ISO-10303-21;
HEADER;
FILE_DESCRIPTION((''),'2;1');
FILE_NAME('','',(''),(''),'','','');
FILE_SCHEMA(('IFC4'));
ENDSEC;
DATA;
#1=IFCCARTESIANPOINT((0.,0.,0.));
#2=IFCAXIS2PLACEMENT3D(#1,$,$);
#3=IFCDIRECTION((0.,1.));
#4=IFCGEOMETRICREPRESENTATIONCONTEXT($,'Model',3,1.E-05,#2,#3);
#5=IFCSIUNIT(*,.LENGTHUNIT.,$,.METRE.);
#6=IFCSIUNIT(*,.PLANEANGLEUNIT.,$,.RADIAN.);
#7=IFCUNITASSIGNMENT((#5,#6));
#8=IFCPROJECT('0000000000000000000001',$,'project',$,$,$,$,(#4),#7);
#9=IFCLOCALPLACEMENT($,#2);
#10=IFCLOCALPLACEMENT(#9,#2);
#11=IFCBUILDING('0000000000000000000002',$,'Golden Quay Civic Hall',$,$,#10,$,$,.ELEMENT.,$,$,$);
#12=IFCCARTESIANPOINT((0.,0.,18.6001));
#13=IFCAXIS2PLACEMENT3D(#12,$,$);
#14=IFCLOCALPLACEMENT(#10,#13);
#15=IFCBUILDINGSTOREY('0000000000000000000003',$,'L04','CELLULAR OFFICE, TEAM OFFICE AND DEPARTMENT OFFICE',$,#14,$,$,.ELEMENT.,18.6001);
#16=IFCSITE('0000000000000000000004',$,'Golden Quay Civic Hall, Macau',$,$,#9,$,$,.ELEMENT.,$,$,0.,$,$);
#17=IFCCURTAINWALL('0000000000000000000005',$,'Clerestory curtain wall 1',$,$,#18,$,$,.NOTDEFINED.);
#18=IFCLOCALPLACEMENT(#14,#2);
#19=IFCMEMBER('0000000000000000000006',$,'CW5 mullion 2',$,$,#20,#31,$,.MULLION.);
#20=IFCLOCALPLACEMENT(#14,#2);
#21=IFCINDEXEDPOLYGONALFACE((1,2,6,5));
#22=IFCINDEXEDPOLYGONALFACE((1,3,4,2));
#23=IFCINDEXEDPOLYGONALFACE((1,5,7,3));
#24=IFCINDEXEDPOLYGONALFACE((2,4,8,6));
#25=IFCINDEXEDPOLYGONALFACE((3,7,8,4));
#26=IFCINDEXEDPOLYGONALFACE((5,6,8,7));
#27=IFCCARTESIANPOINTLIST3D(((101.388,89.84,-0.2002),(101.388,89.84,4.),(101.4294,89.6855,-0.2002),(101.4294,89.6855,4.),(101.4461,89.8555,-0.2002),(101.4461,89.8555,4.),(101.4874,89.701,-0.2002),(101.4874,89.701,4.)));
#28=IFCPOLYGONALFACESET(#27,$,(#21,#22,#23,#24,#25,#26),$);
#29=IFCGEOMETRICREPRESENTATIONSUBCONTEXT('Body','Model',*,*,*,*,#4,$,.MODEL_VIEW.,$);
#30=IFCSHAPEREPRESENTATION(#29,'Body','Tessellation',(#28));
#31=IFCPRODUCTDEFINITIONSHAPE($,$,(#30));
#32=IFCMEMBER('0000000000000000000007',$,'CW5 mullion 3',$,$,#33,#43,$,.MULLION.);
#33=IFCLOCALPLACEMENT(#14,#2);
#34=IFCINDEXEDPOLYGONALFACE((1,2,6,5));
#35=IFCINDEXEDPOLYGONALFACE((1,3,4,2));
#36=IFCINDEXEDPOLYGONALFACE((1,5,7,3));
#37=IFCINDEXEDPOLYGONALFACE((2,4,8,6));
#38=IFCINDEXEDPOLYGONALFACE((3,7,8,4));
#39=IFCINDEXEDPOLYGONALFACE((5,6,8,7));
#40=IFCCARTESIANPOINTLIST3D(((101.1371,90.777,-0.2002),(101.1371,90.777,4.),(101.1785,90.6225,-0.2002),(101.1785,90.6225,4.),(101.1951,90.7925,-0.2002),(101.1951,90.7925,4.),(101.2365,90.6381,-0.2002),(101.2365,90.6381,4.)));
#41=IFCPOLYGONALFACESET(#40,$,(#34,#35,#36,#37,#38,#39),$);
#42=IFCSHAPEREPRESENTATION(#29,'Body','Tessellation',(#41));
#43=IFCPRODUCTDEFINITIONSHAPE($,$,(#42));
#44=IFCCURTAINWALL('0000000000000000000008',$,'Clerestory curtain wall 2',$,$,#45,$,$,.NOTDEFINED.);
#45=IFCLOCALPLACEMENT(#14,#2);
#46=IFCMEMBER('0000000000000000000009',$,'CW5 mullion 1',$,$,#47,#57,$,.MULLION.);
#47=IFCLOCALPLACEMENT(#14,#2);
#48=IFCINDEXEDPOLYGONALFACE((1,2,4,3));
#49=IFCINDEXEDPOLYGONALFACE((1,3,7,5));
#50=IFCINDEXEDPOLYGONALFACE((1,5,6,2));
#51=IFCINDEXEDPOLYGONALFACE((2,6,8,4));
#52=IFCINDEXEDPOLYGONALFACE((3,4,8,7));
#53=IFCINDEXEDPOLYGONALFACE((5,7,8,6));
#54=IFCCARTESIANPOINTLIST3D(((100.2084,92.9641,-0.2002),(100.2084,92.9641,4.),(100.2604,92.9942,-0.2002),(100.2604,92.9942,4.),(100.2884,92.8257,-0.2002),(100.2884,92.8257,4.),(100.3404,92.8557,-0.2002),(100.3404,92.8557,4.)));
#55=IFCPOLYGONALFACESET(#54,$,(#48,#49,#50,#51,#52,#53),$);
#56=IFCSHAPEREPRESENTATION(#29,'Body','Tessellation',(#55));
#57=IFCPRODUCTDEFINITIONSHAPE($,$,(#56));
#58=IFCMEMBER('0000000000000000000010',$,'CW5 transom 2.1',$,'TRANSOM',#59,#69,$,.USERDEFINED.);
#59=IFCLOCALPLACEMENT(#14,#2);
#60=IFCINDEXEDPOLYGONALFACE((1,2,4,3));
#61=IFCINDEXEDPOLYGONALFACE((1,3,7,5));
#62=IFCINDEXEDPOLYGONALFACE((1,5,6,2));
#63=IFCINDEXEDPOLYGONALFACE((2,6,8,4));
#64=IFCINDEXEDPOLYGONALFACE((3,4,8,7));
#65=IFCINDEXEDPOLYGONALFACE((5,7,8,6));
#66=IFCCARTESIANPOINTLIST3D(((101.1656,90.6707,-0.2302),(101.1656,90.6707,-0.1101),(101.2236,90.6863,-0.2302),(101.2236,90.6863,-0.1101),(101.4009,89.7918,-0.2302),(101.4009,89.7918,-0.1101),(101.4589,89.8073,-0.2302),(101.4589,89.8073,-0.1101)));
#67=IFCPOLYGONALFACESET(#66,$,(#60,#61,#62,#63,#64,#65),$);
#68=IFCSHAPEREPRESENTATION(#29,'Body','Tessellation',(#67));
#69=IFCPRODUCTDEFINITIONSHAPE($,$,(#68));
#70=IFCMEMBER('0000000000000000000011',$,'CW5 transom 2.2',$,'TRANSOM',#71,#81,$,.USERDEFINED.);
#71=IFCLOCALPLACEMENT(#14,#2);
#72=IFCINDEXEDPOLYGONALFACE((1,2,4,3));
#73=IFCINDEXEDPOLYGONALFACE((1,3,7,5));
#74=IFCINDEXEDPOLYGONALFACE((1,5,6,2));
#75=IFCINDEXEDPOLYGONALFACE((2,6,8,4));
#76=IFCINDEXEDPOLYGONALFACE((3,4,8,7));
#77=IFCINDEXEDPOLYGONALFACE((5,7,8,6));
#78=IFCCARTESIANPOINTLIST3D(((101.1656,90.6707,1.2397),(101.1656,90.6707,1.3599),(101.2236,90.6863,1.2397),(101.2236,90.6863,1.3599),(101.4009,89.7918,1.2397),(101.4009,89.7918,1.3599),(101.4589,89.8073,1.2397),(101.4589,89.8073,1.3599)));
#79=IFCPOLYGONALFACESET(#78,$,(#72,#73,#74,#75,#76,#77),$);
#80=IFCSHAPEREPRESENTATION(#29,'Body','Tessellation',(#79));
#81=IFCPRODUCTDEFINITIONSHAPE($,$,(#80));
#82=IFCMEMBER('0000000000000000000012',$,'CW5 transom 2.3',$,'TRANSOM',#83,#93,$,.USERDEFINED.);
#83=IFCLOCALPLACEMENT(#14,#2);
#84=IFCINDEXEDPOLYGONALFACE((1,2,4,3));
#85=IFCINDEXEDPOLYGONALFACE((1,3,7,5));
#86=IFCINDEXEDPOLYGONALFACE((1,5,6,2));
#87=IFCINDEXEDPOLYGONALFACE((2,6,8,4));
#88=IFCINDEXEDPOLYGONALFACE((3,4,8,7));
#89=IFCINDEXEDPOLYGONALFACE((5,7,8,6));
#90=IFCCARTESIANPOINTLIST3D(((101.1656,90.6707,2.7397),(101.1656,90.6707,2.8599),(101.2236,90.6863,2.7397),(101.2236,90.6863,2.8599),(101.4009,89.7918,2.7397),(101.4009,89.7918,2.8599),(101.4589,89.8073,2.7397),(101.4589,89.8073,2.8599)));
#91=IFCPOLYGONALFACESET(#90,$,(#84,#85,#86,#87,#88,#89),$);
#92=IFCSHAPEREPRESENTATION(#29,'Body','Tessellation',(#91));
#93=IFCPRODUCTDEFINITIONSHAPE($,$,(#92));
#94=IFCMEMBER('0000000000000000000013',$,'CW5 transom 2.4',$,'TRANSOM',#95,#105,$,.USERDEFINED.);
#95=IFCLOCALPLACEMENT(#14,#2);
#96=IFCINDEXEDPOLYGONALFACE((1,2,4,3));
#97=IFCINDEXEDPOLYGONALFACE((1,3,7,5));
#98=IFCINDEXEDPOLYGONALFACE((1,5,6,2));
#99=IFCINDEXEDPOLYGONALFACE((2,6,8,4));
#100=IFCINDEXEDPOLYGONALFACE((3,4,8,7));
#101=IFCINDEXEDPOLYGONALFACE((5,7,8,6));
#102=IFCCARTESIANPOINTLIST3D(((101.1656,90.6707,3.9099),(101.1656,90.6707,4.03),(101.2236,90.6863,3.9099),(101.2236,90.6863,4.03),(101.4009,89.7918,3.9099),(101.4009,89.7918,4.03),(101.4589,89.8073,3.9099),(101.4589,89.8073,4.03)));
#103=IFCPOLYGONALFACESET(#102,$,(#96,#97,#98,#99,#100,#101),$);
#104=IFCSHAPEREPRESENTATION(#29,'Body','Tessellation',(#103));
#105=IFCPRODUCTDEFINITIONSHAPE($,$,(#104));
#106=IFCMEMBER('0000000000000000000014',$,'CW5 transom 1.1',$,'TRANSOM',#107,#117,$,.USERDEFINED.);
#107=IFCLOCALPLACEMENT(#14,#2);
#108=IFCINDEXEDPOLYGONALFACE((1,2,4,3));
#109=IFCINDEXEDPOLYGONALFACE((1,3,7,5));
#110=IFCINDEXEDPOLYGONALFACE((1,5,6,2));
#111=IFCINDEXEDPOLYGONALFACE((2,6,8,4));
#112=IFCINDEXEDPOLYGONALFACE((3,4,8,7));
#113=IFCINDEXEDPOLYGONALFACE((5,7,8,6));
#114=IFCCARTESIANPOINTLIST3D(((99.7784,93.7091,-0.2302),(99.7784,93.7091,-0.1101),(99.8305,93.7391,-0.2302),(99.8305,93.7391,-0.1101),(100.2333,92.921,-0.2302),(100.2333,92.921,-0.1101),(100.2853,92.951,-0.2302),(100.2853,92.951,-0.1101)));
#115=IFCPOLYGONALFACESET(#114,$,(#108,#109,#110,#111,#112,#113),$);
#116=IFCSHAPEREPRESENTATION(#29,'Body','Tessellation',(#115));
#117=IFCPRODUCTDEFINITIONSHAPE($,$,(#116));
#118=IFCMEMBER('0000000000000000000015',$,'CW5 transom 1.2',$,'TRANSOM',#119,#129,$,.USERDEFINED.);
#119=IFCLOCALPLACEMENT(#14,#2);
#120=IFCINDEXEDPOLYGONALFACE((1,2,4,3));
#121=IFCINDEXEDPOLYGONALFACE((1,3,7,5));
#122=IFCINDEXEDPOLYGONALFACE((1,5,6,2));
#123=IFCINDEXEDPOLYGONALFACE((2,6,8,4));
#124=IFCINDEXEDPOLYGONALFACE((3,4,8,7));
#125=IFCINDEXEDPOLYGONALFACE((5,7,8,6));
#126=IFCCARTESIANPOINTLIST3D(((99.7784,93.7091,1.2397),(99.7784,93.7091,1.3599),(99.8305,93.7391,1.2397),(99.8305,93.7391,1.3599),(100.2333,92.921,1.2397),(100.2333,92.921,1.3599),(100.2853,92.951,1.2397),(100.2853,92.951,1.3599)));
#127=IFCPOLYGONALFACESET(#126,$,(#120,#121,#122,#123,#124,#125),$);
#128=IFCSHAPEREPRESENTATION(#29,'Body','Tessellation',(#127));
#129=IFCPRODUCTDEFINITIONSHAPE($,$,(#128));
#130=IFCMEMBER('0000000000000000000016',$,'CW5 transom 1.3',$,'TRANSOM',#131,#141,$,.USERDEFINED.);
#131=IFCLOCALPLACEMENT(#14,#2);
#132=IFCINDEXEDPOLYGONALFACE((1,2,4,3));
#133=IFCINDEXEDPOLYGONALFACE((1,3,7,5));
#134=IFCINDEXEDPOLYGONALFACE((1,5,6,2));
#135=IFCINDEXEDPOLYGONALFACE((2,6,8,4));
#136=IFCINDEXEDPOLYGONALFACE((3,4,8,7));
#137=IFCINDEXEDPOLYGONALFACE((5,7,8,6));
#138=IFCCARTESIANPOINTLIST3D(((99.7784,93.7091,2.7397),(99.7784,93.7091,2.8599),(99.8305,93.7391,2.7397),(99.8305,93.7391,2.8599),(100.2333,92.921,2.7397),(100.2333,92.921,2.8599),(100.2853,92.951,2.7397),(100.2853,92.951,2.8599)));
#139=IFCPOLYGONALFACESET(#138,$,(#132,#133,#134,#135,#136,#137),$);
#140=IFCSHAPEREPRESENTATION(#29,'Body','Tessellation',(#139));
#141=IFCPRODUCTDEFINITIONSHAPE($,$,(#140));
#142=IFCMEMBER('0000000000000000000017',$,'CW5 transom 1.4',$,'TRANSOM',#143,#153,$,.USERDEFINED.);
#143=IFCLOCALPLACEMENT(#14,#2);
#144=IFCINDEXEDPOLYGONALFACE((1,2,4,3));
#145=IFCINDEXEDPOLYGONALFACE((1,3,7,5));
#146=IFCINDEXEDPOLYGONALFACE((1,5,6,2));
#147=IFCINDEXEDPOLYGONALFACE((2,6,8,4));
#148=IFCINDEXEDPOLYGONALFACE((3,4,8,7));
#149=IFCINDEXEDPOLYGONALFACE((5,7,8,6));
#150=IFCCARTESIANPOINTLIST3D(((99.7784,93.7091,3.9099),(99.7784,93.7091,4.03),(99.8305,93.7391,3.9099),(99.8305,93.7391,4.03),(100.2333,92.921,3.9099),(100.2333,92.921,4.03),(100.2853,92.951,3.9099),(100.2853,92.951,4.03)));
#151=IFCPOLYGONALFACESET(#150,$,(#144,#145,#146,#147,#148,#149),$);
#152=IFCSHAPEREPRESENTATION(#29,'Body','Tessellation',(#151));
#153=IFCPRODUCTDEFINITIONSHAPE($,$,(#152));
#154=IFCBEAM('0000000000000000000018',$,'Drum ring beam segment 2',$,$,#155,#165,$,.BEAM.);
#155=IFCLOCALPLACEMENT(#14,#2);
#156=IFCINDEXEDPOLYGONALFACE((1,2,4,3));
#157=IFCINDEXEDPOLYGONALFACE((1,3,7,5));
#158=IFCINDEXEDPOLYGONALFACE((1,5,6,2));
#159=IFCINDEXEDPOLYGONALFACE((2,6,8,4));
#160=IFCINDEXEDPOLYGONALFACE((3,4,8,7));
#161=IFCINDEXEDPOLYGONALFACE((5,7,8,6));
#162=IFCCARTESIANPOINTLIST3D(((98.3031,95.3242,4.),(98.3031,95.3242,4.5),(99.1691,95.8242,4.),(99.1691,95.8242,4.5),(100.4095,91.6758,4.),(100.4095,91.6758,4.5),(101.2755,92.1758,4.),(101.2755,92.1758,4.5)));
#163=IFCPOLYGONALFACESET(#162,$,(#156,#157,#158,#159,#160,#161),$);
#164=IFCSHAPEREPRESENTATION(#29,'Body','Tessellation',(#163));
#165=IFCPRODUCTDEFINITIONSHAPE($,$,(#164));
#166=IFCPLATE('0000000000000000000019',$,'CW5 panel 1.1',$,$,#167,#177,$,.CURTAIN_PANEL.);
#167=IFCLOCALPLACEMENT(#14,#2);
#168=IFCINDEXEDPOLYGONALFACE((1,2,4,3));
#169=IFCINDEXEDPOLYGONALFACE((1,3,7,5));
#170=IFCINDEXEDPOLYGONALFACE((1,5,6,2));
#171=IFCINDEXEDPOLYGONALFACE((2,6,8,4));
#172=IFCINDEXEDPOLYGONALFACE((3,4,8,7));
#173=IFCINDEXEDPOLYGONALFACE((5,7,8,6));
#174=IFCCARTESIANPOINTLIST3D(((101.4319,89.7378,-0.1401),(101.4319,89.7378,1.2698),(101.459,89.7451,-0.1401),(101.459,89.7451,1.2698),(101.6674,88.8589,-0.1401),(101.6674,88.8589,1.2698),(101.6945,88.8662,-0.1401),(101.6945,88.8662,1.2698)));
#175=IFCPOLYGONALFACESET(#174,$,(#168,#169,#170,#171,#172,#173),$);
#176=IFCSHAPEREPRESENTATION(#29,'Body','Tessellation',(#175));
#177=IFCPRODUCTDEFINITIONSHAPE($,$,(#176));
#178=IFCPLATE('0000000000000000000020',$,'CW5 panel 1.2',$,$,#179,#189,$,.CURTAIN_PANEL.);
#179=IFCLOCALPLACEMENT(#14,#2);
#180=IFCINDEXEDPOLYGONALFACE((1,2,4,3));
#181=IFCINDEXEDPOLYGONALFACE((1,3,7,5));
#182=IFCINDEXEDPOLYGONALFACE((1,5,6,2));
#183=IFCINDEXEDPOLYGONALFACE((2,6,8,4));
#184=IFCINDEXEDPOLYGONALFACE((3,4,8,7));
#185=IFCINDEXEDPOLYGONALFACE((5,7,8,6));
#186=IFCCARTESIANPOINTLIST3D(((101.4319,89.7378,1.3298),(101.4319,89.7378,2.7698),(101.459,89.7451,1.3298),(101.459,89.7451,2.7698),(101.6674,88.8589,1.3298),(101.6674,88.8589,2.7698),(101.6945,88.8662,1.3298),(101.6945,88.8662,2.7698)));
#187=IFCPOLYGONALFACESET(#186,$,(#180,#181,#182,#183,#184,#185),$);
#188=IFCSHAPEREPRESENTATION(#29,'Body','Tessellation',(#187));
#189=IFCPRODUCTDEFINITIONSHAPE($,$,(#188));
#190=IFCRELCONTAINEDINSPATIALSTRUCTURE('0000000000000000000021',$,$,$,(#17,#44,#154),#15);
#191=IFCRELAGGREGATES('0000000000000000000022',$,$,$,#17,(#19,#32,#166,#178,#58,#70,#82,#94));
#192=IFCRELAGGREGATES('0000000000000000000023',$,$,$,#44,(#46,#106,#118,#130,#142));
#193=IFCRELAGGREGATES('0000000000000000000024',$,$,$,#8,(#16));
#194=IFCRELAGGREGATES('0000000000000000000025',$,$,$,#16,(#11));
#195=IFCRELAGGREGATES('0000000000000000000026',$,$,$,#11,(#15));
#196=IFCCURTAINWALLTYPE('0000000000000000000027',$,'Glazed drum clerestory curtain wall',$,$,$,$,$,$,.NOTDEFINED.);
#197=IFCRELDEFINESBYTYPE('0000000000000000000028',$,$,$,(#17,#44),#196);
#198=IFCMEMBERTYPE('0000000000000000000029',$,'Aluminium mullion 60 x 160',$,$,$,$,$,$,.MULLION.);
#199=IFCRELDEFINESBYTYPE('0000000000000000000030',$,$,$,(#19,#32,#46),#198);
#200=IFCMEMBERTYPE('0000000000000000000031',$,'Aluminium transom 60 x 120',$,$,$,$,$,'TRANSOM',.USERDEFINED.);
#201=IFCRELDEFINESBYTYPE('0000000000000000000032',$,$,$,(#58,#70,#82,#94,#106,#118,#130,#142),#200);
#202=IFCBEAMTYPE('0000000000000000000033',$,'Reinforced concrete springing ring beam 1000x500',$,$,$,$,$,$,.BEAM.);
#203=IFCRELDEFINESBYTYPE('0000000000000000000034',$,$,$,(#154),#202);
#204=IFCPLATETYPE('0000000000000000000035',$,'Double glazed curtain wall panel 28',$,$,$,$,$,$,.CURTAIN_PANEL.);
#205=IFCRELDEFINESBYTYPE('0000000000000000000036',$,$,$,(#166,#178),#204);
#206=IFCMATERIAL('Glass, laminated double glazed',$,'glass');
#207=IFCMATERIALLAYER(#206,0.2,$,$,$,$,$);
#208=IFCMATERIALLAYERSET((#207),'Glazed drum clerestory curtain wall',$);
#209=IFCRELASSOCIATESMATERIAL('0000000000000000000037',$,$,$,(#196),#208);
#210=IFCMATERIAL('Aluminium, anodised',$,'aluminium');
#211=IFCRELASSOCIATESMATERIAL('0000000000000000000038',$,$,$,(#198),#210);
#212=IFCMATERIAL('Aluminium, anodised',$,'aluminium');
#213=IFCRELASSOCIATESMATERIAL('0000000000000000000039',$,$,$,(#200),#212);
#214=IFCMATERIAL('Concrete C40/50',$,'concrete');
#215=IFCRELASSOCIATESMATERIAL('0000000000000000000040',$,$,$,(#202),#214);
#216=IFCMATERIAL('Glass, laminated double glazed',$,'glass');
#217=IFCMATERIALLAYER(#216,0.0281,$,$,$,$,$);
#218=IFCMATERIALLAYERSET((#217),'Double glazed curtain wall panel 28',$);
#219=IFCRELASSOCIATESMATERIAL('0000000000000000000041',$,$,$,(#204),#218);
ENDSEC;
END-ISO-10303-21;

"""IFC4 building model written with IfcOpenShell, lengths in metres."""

from ifc_helpers import new_model, si_unit, direction, frame, origin, origin_2d, place, context, subcontext, project, spatial, rectangle, extrude, material, layer, layer_set, material_profile, profile_set, type_object, element, aggregate, save


model = new_model("IFC4")

# Units and contexts
model_context = context("Model", 3, precision=1e-05, world=origin(), true_north=direction((0.0, 1.0)))
body_context = subcontext(model_context, "Body", "Model", "MODEL_VIEW")
ifc_project = project(units=[si_unit("LENGTHUNIT", "METRE"), si_unit("PLANEANGLEUNIT", "RADIAN")], contexts=[model_context])

# Site, building, storey
site_placement = place(None, origin())
site = spatial("IfcSite", under=ifc_project, at=site_placement, Name="Golden Quay Civic Hall, Macau", CompositionType="ELEMENT", RefElevation=0.0)
building_placement = place(site_placement, origin())
building = spatial("IfcBuilding", under=site, at=building_placement, Name="Golden Quay Civic Hall", CompositionType="ELEMENT")
storey_placement = place(building_placement, frame((0.0, 0.0, 18.6001)))
storey = spatial("IfcBuildingStorey", under=building, at=storey_placement, Name="L04", Description="CELLULAR OFFICE, TEAM OFFICE AND DEPARTMENT OFFICE", CompositionType="ELEMENT", Elevation=18.6001)

# Curtain wall, members
ifc_material_1 = material(Name="Glass, laminated double glazed", Category="glass")
ifc_layer_1 = layer(ifc_material_1, 0.2)
ifc_layer_set_1 = layer_set([ifc_layer_1], Name="Glazed drum clerestory curtain wall")
curtain_wall_type = type_object("IfcCurtainWallType", Name="Glazed drum clerestory curtain wall", PredefinedType="NOTDEFINED", material=ifc_layer_set_1)
curtain_wall_1_placement = place(storey_placement, origin())
curtain_wall_1 = element("IfcCurtainWall", 1, at=curtain_wall_1_placement, inside=storey, type_object=curtain_wall_type, Name="Clerestory curtain wall 1", PredefinedType="NOTDEFINED")
ifc_material_2 = material(Name="Aluminium, anodised", Category="aluminium")
ifc_material_profile_1 = material_profile(ifc_material_2, rectangle(XDim=0.0601, YDim=0.1599, at=origin_2d()), Name="Aluminium 60 x 160")
ifc_profile_set_1 = profile_set([ifc_material_profile_1], Name="Aluminium, anodised")
member_type_1 = type_object("IfcMemberType", Name="Aluminium mullion 60 x 160", PredefinedType="MULLION", material=ifc_profile_set_1)
member_1_placement = place(storey_placement, frame((101.4377, 89.7705, -0.2002), z_axis=(0.0, 0.0, 1.0), x_axis=(-0.965929, -0.258808, 0.0)))
member_1 = element("IfcMember", 2, at=member_1_placement, type_object=member_type_1, Name="CW5 mullion 2", PredefinedType="MULLION", context=body_context, shape_type="SweptSolid", body=[
    extrude(rectangle(XDim=0.0601, YDim=0.1599, at=origin_2d()), origin(), (0.0, 0.0, 1.0), 4.2002),
])
member_2_placement = place(storey_placement, frame((101.1868, 90.7075, -0.2002), z_axis=(0.0, 0.0, 1.0), x_axis=(-0.965929, -0.258808, 0.0)))
member_2 = element("IfcMember", 3, at=member_2_placement, type_object=member_type_1, Name="CW5 mullion 3", PredefinedType="MULLION", context=body_context, shape_type="SweptSolid", body=[
    extrude(rectangle(XDim=0.0601, YDim=0.1599, at=origin_2d()), origin(), (0.0, 0.0, 1.0), 4.2002),
])

# Curtain wall, member
curtain_wall_2_placement = place(storey_placement, origin())
curtain_wall_2 = element("IfcCurtainWall", 4, at=curtain_wall_2_placement, inside=storey, type_object=curtain_wall_type, Name="Clerestory curtain wall 2", PredefinedType="NOTDEFINED")
member_3_placement = place(storey_placement, frame((100.2744, 92.9099, -0.2002), z_axis=(0.0, 0.0, 1.0), x_axis=(-0.866019, -0.500011, 0.0)))
member_3 = element("IfcMember", 5, at=member_3_placement, type_object=member_type_1, Name="CW5 mullion 1", PredefinedType="MULLION", context=body_context, shape_type="SweptSolid", body=[
    extrude(rectangle(XDim=0.0601, YDim=0.1599, at=origin_2d()), origin(), (0.0, 0.0, 1.0), 4.2002),
])

# Members
ifc_material_3 = material(Name="Aluminium, anodised", Category="aluminium")
ifc_material_profile_2 = material_profile(ifc_material_3, rectangle(XDim=0.0601, YDim=0.1201, at=origin_2d()), Name="Aluminium 60 x 120")
ifc_profile_set_2 = profile_set([ifc_material_profile_2], Name="Aluminium, anodised")
member_type_2 = type_object("IfcMemberType", Name="Aluminium transom 60 x 120", ElementType="TRANSOM", PredefinedType="USERDEFINED", material=ifc_profile_set_2)
member_4_placement = place(storey_placement, frame((101.4299, 89.7996, -0.1702), z_axis=(-0.258665, 0.965967, 0.0), x_axis=(-0.965967, -0.258665, 0.0)))
member_4 = element("IfcMember", 6, at=member_4_placement, type_object=member_type_2, Name="CW5 transom 2.1", ObjectType="TRANSOM", PredefinedType="USERDEFINED", context=body_context, shape_type="SweptSolid", body=[
    extrude(rectangle(XDim=0.0601, YDim=0.1201, at=origin_2d()), origin(), (0.0, 0.0, 1.0), 0.9099),
])
member_5_placement = place(storey_placement, frame((101.4299, 89.7996, 1.2998), z_axis=(-0.258665, 0.965967, 0.0), x_axis=(-0.965967, -0.258665, 0.0)))
member_5 = element("IfcMember", 7, at=member_5_placement, type_object=member_type_2, Name="CW5 transom 2.2", ObjectType="TRANSOM", PredefinedType="USERDEFINED", context=body_context, shape_type="SweptSolid", body=[
    extrude(rectangle(XDim=0.0601, YDim=0.1201, at=origin_2d()), origin(), (0.0, 0.0, 1.0), 0.9099),
])
member_6_placement = place(storey_placement, frame((101.4299, 89.7996, 2.7998), z_axis=(-0.258665, 0.965967, 0.0), x_axis=(-0.965967, -0.258665, 0.0)))
member_6 = element("IfcMember", 8, at=member_6_placement, type_object=member_type_2, Name="CW5 transom 2.3", ObjectType="TRANSOM", PredefinedType="USERDEFINED", context=body_context, shape_type="SweptSolid", body=[
    extrude(rectangle(XDim=0.0601, YDim=0.1201, at=origin_2d()), origin(), (0.0, 0.0, 1.0), 0.9099),
])
member_7_placement = place(storey_placement, frame((101.4299, 89.7996, 3.97), z_axis=(-0.258665, 0.965967, 0.0), x_axis=(-0.965967, -0.258665, 0.0)))
member_7 = element("IfcMember", 9, at=member_7_placement, type_object=member_type_2, Name="CW5 transom 2.4", ObjectType="TRANSOM", PredefinedType="USERDEFINED", context=body_context, shape_type="SweptSolid", body=[
    extrude(rectangle(XDim=0.0601, YDim=0.1201, at=origin_2d()), origin(), (0.0, 0.0, 1.0), 0.9099),
])
member_8_placement = place(storey_placement, frame((100.2593, 92.936, -0.1702), z_axis=(-0.499862, 0.866105, 0.0), x_axis=(-0.866105, -0.499862, 0.0)))
member_8 = element("IfcMember", 10, at=member_8_placement, type_object=member_type_2, Name="CW5 transom 1.1", ObjectType="TRANSOM", PredefinedType="USERDEFINED", context=body_context, shape_type="SweptSolid", body=[
    extrude(rectangle(XDim=0.0601, YDim=0.1201, at=origin_2d()), origin(), (0.0, 0.0, 1.0), 0.9099),
])
member_9_placement = place(storey_placement, frame((100.2593, 92.936, 1.2998), z_axis=(-0.499862, 0.866105, 0.0), x_axis=(-0.866105, -0.499862, 0.0)))
member_9 = element("IfcMember", 11, at=member_9_placement, type_object=member_type_2, Name="CW5 transom 1.2", ObjectType="TRANSOM", PredefinedType="USERDEFINED", context=body_context, shape_type="SweptSolid", body=[
    extrude(rectangle(XDim=0.0601, YDim=0.1201, at=origin_2d()), origin(), (0.0, 0.0, 1.0), 0.9099),
])
member_10_placement = place(storey_placement, frame((100.2593, 92.936, 2.7998), z_axis=(-0.499862, 0.866105, 0.0), x_axis=(-0.866105, -0.499862, 0.0)))
member_10 = element("IfcMember", 12, at=member_10_placement, type_object=member_type_2, Name="CW5 transom 1.3", ObjectType="TRANSOM", PredefinedType="USERDEFINED", context=body_context, shape_type="SweptSolid", body=[
    extrude(rectangle(XDim=0.0601, YDim=0.1201, at=origin_2d()), origin(), (0.0, 0.0, 1.0), 0.9099),
])
member_11_placement = place(storey_placement, frame((100.2593, 92.936, 3.97), z_axis=(-0.499862, 0.866105, 0.0), x_axis=(-0.866105, -0.499862, 0.0)))
member_11 = element("IfcMember", 13, at=member_11_placement, type_object=member_type_2, Name="CW5 transom 1.4", ObjectType="TRANSOM", PredefinedType="USERDEFINED", context=body_context, shape_type="SweptSolid", body=[
    extrude(rectangle(XDim=0.0601, YDim=0.1201, at=origin_2d()), origin(), (0.0, 0.0, 1.0), 0.9099),
])

# Beam
ifc_material_4 = material(Name="Concrete C40/50", Category="concrete")
ifc_material_profile_3 = material_profile(ifc_material_4, rectangle(XDim=1.0, YDim=0.5, at=origin_2d()), Name="RC 1000x500")
ifc_profile_set_3 = profile_set([ifc_material_profile_3], Name="Concrete C40/50")
beam_type = type_object("IfcBeamType", Name="Reinforced concrete springing ring beam 1000x500", PredefinedType="BEAM", material=ifc_profile_set_3)
beam_placement = place(storey_placement, frame((100.8425, 91.9258, 4.25), z_axis=(-0.500003, 0.866023, 0.0), x_axis=(-0.866023, -0.500003, 0.0)))
element("IfcBeam", 14, at=beam_placement, inside=storey, type_object=beam_type, Name="Drum ring beam segment 2", PredefinedType="BEAM", context=body_context, shape_type="SweptSolid", body=[
    extrude(rectangle(XDim=1.0, YDim=0.5, at=origin_2d()), origin(), (0.0, 0.0, 1.0), 4.2129),
])

# Plates
ifc_material_5 = material(Name="Glass, laminated double glazed", Category="glass")
ifc_layer_2 = layer(ifc_material_5, 0.0281)
ifc_layer_set_2 = layer_set([ifc_layer_2], Name="Double glazed curtain wall panel 28")
plate_type = type_object("IfcPlateType", Name="Double glazed curtain wall panel 28", PredefinedType="CURTAIN_PANEL", material=ifc_layer_set_2)
plate_1_placement = place(storey_placement, frame((101.5632, 89.302, -0.1401), z_axis=(0.0, 0.0, 1.0), x_axis=(-0.258808, 0.965929, 0.0)))
plate_1 = element("IfcPlate", 15, at=plate_1_placement, type_object=plate_type, Name="CW5 panel 1.1", PredefinedType="CURTAIN_PANEL", context=body_context, shape_type="SweptSolid", body=[
    extrude(rectangle(XDim=0.9099, YDim=0.0281, at=origin_2d()), origin(), (0.0, 0.0, 1.0), 1.4099),
])
plate_2_placement = place(storey_placement, frame((101.5632, 89.302, 1.3298), z_axis=(0.0, 0.0, 1.0), x_axis=(-0.258808, 0.965929, 0.0)))
plate_2 = element("IfcPlate", 16, at=plate_2_placement, type_object=plate_type, Name="CW5 panel 1.2", PredefinedType="CURTAIN_PANEL", context=body_context, shape_type="SweptSolid", body=[
    extrude(rectangle(XDim=0.9099, YDim=0.0281, at=origin_2d()), origin(), (0.0, 0.0, 1.0), 1.4399),
])
aggregate(curtain_wall_1, [member_1, member_2, plate_1, plate_2, member_4, member_5, member_6, member_7])
aggregate(curtain_wall_2, [member_3, member_8, member_9, member_10, member_11])

save(model, "model.ifc")
